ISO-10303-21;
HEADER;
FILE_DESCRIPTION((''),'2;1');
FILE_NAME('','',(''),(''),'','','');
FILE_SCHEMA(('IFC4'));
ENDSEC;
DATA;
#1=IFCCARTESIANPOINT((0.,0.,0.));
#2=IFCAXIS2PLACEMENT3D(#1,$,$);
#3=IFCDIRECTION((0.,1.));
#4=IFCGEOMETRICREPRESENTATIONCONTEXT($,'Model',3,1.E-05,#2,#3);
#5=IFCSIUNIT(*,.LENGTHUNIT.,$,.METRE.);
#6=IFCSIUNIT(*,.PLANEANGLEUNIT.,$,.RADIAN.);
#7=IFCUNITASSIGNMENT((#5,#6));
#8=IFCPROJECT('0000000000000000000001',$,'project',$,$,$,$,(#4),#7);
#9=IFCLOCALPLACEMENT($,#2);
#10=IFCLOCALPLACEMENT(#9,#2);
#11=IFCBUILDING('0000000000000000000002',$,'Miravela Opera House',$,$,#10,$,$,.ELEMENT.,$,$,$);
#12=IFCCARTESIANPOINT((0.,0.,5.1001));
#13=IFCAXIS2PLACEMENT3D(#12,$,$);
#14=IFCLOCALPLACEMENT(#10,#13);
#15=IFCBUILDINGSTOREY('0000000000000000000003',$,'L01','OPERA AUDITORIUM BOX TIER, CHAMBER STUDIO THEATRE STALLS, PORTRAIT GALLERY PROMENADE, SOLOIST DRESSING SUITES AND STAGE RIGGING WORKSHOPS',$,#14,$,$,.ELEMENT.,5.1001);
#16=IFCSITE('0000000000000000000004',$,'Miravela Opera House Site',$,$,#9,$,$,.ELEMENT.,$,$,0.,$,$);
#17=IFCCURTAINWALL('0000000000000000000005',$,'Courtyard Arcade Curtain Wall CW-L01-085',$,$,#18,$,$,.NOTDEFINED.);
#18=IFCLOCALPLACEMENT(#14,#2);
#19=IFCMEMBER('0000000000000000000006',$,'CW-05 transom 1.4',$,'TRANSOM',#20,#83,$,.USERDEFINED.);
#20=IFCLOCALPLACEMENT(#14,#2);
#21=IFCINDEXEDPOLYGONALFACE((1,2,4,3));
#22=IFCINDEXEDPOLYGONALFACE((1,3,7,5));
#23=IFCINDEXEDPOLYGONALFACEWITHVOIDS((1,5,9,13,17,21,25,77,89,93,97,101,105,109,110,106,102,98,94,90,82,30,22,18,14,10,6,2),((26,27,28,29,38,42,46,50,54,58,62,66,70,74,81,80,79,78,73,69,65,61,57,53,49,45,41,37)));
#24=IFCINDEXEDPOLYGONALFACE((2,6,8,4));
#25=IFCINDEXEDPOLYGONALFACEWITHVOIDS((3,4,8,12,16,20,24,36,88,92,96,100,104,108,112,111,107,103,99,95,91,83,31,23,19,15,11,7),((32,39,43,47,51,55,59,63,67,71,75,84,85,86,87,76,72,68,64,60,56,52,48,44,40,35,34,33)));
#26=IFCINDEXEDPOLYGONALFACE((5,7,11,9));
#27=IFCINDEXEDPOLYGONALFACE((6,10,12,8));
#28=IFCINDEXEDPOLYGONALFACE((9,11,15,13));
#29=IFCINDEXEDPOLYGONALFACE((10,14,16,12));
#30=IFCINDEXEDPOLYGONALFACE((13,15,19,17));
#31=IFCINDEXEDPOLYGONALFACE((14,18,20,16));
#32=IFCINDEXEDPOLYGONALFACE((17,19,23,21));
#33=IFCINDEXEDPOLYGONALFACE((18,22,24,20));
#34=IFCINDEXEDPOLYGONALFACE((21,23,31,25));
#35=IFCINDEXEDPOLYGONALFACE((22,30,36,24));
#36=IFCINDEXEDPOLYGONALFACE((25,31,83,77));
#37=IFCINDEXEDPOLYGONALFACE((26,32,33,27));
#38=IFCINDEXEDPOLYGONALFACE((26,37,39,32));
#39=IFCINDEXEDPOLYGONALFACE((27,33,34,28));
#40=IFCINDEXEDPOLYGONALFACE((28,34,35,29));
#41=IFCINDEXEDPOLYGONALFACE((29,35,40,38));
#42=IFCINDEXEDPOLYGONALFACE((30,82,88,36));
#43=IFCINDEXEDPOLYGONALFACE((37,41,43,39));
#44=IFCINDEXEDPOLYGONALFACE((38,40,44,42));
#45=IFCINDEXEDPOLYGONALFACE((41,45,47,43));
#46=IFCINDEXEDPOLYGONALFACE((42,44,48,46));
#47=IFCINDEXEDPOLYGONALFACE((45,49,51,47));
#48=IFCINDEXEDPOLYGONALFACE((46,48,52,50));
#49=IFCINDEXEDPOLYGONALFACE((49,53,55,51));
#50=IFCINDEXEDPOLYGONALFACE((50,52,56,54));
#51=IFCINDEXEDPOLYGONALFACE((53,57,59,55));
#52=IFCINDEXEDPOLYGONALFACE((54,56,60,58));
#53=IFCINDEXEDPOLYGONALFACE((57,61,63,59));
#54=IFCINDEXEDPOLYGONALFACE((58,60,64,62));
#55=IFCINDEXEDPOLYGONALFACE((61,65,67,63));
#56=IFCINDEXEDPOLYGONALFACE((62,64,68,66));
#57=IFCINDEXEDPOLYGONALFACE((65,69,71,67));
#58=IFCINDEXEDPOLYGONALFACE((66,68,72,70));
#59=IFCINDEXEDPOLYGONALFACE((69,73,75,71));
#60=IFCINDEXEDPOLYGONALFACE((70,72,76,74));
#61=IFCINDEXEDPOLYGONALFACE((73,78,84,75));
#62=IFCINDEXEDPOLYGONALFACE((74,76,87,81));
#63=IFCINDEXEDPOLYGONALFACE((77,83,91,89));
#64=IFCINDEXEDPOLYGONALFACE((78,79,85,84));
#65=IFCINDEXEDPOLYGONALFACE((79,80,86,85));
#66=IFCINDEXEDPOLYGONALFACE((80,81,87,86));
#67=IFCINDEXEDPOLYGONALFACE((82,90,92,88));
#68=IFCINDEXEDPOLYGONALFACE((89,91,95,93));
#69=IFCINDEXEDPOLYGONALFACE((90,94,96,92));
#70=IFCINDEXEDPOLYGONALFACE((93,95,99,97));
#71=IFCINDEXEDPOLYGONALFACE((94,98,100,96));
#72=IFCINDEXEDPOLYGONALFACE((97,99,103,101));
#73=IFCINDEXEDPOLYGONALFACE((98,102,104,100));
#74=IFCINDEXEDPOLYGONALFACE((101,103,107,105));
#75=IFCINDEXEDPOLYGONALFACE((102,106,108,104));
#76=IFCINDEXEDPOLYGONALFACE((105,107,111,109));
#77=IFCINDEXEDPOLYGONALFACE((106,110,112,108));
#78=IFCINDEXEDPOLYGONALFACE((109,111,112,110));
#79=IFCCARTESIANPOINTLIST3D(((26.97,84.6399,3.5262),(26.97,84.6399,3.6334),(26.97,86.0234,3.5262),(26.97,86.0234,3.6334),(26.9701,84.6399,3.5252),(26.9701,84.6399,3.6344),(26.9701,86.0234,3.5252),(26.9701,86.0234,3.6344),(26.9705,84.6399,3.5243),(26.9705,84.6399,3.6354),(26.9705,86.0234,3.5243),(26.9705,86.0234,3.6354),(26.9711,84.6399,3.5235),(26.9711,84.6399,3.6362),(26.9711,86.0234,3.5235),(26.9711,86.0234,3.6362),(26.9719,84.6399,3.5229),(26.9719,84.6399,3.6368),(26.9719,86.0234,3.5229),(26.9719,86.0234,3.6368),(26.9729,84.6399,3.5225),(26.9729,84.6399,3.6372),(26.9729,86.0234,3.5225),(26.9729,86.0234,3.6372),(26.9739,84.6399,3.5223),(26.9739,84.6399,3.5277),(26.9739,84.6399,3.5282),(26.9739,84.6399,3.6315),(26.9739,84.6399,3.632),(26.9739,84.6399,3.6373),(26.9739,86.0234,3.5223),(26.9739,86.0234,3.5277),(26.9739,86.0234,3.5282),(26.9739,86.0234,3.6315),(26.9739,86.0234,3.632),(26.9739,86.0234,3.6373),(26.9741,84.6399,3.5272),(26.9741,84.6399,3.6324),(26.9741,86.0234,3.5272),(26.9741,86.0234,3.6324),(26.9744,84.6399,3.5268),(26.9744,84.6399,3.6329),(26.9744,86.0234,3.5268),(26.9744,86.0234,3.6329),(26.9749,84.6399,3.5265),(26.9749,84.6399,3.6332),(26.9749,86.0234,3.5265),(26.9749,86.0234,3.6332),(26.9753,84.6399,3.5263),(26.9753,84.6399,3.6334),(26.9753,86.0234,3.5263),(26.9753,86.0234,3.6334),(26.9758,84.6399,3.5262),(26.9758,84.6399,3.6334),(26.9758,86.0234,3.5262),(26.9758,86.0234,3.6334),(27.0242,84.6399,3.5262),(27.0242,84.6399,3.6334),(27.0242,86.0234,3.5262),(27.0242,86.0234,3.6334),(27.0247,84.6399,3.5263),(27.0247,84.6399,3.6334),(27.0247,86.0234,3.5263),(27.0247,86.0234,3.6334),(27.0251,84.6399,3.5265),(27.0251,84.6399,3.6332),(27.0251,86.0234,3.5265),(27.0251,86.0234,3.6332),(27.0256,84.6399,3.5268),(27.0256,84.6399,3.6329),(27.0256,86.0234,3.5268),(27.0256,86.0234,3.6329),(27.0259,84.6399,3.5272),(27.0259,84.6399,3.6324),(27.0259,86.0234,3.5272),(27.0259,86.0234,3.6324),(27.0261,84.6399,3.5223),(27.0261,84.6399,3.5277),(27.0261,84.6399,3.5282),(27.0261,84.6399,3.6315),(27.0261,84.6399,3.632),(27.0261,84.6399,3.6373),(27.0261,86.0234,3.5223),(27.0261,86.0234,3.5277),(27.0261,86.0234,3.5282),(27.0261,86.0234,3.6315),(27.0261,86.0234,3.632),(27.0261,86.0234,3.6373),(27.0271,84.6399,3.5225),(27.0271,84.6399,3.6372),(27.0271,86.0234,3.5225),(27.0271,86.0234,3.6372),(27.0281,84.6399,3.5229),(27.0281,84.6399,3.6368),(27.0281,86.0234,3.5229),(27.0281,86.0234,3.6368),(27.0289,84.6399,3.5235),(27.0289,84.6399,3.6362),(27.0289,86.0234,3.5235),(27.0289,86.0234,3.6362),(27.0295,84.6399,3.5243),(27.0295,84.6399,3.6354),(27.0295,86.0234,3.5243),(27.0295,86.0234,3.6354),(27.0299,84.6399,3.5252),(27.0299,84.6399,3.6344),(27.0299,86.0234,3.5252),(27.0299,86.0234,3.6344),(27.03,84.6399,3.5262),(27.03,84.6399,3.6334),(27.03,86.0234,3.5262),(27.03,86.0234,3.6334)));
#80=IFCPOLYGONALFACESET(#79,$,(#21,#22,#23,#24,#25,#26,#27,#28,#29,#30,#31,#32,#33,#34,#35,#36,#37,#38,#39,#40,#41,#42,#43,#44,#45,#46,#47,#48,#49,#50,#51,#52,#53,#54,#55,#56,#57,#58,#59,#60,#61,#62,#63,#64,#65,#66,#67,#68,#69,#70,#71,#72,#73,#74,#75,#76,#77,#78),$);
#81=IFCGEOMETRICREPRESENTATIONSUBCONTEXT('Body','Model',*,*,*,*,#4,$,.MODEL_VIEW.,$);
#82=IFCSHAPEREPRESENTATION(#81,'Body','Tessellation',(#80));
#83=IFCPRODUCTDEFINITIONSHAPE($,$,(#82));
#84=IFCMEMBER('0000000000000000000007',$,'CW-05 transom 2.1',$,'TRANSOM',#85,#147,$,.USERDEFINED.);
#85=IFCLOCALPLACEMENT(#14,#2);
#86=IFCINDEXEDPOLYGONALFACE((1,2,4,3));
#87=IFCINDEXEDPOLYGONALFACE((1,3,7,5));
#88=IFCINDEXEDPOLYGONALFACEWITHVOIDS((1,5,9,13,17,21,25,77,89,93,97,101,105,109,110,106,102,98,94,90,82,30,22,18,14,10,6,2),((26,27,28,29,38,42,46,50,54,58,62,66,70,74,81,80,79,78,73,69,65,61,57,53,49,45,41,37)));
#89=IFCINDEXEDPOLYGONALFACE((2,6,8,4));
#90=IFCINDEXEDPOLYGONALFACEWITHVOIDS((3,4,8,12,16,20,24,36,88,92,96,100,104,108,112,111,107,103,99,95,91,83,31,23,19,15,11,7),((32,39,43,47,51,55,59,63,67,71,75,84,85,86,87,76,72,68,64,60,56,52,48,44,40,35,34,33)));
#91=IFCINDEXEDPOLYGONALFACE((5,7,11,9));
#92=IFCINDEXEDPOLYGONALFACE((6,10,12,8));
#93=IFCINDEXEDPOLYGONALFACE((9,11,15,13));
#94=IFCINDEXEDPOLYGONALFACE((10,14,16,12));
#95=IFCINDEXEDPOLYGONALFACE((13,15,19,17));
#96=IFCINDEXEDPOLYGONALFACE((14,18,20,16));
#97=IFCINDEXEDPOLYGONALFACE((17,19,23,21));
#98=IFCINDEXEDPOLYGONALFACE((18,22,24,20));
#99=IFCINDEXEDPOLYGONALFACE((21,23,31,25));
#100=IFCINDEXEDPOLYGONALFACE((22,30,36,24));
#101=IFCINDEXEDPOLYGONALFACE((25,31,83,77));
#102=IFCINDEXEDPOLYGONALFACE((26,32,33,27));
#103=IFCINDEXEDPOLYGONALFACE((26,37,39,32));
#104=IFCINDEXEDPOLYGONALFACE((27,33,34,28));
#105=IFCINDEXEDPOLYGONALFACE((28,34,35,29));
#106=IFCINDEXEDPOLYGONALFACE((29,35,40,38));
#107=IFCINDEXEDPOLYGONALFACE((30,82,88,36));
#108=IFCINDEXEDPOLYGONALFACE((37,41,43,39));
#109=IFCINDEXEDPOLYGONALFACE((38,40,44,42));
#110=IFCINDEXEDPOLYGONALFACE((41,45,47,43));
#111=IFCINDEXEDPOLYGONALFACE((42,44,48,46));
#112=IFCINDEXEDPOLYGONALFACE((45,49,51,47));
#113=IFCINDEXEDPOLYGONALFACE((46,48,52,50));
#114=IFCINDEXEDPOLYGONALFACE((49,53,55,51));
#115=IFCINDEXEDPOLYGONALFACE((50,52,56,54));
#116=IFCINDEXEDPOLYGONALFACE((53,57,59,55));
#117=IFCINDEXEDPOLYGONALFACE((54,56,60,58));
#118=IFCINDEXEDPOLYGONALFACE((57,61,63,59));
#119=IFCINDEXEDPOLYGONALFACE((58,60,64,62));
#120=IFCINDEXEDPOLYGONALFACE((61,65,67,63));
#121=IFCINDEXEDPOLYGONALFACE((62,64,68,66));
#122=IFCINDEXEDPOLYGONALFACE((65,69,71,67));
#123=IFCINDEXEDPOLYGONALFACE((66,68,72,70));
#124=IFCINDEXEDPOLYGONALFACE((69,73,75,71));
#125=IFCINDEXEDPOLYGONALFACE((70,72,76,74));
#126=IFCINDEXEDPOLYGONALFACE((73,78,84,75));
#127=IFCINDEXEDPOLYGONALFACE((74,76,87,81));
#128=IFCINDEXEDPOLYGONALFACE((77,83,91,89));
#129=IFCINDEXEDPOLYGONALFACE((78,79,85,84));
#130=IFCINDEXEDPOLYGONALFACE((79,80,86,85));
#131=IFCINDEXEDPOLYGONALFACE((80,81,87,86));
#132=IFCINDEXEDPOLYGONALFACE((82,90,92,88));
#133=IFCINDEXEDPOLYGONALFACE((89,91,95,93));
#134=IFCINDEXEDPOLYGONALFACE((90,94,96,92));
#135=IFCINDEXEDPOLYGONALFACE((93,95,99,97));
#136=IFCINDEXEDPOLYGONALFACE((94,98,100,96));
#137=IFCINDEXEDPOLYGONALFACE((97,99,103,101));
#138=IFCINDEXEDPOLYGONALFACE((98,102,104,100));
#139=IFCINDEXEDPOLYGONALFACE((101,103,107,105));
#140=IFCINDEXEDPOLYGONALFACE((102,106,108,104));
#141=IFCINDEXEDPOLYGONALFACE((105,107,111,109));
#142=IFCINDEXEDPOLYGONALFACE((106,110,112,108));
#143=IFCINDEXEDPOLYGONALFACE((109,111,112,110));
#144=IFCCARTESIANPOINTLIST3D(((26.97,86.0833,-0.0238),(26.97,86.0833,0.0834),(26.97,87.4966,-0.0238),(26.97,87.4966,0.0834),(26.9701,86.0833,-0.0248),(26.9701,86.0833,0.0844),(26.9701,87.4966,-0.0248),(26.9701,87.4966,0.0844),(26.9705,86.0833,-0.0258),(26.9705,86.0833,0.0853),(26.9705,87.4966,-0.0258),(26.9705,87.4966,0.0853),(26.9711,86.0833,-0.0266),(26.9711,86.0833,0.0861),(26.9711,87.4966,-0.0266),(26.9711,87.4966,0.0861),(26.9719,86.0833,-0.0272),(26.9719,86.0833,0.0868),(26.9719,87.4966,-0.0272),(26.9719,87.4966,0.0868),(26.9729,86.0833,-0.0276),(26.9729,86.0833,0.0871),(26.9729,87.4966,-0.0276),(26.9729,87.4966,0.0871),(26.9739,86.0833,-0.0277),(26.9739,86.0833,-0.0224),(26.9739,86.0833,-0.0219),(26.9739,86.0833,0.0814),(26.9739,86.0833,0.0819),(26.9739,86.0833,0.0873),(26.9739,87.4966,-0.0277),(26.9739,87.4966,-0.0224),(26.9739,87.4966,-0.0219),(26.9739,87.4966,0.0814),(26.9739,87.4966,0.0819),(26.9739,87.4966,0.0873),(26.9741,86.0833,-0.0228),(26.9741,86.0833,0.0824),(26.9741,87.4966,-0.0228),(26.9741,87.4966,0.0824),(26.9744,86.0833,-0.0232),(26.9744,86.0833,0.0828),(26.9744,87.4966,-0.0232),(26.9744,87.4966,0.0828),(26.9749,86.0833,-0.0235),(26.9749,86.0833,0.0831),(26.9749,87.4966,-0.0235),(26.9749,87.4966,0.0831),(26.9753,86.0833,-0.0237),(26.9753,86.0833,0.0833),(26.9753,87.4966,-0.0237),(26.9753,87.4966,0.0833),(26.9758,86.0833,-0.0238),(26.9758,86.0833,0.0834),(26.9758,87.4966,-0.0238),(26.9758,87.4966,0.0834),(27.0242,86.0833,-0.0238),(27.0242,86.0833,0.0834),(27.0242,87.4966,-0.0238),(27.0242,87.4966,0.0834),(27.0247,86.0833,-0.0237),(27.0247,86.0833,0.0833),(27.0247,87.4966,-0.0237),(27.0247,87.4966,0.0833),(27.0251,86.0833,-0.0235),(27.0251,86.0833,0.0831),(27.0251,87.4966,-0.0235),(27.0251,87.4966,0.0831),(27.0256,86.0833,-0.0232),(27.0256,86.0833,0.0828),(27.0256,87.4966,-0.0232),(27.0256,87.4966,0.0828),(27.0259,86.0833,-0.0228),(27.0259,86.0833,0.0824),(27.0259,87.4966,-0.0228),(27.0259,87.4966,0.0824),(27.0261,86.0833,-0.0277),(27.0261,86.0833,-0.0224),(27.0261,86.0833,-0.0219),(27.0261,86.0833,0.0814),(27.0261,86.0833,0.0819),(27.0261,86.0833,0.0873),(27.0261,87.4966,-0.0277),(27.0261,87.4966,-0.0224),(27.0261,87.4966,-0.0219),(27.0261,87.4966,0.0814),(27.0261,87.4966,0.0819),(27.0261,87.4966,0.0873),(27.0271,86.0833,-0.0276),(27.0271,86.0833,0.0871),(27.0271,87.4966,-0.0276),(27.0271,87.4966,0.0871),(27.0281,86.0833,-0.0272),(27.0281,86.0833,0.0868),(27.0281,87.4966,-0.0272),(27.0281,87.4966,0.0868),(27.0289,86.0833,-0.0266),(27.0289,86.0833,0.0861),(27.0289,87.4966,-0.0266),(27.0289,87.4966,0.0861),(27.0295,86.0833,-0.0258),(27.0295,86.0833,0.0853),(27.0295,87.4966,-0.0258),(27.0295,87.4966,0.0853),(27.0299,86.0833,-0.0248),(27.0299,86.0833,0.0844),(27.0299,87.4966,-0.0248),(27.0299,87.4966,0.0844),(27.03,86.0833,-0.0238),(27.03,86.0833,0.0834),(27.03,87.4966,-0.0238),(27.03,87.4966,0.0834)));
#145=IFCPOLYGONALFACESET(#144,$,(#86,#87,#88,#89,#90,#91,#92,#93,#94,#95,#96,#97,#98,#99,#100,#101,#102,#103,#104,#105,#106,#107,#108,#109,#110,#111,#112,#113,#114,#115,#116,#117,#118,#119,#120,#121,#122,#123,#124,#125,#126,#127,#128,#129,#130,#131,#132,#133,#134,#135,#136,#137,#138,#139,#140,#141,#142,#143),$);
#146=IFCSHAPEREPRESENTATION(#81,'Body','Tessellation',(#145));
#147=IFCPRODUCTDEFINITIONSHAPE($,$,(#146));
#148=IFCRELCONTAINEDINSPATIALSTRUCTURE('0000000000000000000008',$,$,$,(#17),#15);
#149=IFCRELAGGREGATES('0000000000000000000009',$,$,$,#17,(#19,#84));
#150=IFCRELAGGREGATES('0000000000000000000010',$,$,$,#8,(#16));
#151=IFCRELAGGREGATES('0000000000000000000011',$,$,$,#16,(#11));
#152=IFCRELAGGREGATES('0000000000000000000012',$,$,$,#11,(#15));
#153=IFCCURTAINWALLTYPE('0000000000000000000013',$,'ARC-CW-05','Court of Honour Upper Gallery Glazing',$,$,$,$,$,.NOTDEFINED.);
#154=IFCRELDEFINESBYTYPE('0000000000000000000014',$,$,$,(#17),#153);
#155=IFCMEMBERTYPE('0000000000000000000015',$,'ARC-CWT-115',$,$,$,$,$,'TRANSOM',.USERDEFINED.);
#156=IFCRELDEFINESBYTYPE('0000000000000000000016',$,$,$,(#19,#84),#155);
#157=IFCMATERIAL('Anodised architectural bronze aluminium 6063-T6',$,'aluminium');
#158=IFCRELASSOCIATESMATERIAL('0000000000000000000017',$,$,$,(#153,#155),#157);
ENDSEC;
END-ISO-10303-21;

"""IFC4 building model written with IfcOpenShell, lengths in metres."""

from ifc_helpers import new_model, si_unit, direction, frame, origin, origin_2d, place, context, subcontext, project, spatial, hollow_rectangle, extrude, material, material_profile, profile_set, type_object, element, aggregate, save


model = new_model("IFC4")

# Units and contexts
model_context = context("Model", 3, precision=1e-05, world=origin(), true_north=direction((0.0, 1.0)))
body_context = subcontext(model_context, "Body", "Model", "MODEL_VIEW")
ifc_project = project(units=[si_unit("LENGTHUNIT", "METRE"), si_unit("PLANEANGLEUNIT", "RADIAN")], contexts=[model_context])

# Site, building, storey
site_placement = place(None, origin())
site = spatial("IfcSite", under=ifc_project, at=site_placement, Name="Miravela Opera House Site", CompositionType="ELEMENT", RefElevation=0.0)
building_placement = place(site_placement, origin())
building = spatial("IfcBuilding", under=site, at=building_placement, Name="Miravela Opera House", CompositionType="ELEMENT")
storey_placement = place(building_placement, frame((0.0, 0.0, 5.1001)))
storey = spatial("IfcBuildingStorey", under=building, at=storey_placement, Name="L01", Description="OPERA AUDITORIUM BOX TIER, CHAMBER STUDIO THEATRE STALLS, PORTRAIT GALLERY PROMENADE, SOLOIST DRESSING SUITES AND STAGE RIGGING WORKSHOPS", CompositionType="ELEMENT", Elevation=5.1001)

# Curtain wall, members
ifc_material_1 = material(Name="Anodised architectural bronze aluminium 6063-T6", Category="aluminium")
curtain_wall_type = type_object("IfcCurtainWallType", Name="ARC-CW-05", Description="Court of Honour Upper Gallery Glazing", PredefinedType="NOTDEFINED", material=ifc_material_1)
curtain_wall_placement = place(storey_placement, origin())
curtain_wall = element("IfcCurtainWall", 1, at=curtain_wall_placement, inside=storey, type_object=curtain_wall_type, Name="Courtyard Arcade Curtain Wall CW-L01-085", PredefinedType="NOTDEFINED")
ifc_material_profile_1 = material_profile(ifc_material_1, hollow_rectangle(XDim=0.0601, YDim=0.115, WallThickness=0.0039, InnerFilletRadius=0.002, OuterFilletRadius=0.0039, at=origin_2d()), Name="CWT-60X115")
ifc_profile_set_1 = profile_set([ifc_material_profile_1])
member_type_1 = type_object("IfcMemberType", Name="ARC-CWT-115", ElementType="TRANSOM", PredefinedType="USERDEFINED", material=ifc_profile_set_1)
member_1_placement = place(storey_placement, frame((27.0, 84.6399, 3.5798), z_axis=(0.0, 1.0, 0.0), x_axis=(-1.0, 0.0, 0.0)))
member_1 = element("IfcMember", 2, at=member_1_placement, type_object=member_type_1, Name="CW-05 transom 1.4", ObjectType="TRANSOM", PredefinedType="USERDEFINED", context=body_context, shape_type="SweptSolid", body=[
    extrude(hollow_rectangle(XDim=0.0601, YDim=0.115, WallThickness=0.0039, InnerFilletRadius=0.002, OuterFilletRadius=0.0039, at=origin_2d()), origin(), (0.0, 0.0, 1.0), 1.3835),
])
member_2_placement = place(storey_placement, frame((27.0, 86.0833, 0.0298), z_axis=(0.0, 1.0, 0.0), x_axis=(-1.0, 0.0, 0.0)))
member_2 = element("IfcMember", 3, at=member_2_placement, type_object=member_type_1, Name="CW-05 transom 2.1", ObjectType="TRANSOM", PredefinedType="USERDEFINED", context=body_context, shape_type="SweptSolid", body=[
    extrude(hollow_rectangle(XDim=0.0601, YDim=0.115, WallThickness=0.0039, InnerFilletRadius=0.002, OuterFilletRadius=0.0039, at=origin_2d()), origin(), (0.0, 0.0, 1.0), 1.4133),
])

aggregate(curtain_wall, [member_1, member_2])

save(model, "model.ifc")
